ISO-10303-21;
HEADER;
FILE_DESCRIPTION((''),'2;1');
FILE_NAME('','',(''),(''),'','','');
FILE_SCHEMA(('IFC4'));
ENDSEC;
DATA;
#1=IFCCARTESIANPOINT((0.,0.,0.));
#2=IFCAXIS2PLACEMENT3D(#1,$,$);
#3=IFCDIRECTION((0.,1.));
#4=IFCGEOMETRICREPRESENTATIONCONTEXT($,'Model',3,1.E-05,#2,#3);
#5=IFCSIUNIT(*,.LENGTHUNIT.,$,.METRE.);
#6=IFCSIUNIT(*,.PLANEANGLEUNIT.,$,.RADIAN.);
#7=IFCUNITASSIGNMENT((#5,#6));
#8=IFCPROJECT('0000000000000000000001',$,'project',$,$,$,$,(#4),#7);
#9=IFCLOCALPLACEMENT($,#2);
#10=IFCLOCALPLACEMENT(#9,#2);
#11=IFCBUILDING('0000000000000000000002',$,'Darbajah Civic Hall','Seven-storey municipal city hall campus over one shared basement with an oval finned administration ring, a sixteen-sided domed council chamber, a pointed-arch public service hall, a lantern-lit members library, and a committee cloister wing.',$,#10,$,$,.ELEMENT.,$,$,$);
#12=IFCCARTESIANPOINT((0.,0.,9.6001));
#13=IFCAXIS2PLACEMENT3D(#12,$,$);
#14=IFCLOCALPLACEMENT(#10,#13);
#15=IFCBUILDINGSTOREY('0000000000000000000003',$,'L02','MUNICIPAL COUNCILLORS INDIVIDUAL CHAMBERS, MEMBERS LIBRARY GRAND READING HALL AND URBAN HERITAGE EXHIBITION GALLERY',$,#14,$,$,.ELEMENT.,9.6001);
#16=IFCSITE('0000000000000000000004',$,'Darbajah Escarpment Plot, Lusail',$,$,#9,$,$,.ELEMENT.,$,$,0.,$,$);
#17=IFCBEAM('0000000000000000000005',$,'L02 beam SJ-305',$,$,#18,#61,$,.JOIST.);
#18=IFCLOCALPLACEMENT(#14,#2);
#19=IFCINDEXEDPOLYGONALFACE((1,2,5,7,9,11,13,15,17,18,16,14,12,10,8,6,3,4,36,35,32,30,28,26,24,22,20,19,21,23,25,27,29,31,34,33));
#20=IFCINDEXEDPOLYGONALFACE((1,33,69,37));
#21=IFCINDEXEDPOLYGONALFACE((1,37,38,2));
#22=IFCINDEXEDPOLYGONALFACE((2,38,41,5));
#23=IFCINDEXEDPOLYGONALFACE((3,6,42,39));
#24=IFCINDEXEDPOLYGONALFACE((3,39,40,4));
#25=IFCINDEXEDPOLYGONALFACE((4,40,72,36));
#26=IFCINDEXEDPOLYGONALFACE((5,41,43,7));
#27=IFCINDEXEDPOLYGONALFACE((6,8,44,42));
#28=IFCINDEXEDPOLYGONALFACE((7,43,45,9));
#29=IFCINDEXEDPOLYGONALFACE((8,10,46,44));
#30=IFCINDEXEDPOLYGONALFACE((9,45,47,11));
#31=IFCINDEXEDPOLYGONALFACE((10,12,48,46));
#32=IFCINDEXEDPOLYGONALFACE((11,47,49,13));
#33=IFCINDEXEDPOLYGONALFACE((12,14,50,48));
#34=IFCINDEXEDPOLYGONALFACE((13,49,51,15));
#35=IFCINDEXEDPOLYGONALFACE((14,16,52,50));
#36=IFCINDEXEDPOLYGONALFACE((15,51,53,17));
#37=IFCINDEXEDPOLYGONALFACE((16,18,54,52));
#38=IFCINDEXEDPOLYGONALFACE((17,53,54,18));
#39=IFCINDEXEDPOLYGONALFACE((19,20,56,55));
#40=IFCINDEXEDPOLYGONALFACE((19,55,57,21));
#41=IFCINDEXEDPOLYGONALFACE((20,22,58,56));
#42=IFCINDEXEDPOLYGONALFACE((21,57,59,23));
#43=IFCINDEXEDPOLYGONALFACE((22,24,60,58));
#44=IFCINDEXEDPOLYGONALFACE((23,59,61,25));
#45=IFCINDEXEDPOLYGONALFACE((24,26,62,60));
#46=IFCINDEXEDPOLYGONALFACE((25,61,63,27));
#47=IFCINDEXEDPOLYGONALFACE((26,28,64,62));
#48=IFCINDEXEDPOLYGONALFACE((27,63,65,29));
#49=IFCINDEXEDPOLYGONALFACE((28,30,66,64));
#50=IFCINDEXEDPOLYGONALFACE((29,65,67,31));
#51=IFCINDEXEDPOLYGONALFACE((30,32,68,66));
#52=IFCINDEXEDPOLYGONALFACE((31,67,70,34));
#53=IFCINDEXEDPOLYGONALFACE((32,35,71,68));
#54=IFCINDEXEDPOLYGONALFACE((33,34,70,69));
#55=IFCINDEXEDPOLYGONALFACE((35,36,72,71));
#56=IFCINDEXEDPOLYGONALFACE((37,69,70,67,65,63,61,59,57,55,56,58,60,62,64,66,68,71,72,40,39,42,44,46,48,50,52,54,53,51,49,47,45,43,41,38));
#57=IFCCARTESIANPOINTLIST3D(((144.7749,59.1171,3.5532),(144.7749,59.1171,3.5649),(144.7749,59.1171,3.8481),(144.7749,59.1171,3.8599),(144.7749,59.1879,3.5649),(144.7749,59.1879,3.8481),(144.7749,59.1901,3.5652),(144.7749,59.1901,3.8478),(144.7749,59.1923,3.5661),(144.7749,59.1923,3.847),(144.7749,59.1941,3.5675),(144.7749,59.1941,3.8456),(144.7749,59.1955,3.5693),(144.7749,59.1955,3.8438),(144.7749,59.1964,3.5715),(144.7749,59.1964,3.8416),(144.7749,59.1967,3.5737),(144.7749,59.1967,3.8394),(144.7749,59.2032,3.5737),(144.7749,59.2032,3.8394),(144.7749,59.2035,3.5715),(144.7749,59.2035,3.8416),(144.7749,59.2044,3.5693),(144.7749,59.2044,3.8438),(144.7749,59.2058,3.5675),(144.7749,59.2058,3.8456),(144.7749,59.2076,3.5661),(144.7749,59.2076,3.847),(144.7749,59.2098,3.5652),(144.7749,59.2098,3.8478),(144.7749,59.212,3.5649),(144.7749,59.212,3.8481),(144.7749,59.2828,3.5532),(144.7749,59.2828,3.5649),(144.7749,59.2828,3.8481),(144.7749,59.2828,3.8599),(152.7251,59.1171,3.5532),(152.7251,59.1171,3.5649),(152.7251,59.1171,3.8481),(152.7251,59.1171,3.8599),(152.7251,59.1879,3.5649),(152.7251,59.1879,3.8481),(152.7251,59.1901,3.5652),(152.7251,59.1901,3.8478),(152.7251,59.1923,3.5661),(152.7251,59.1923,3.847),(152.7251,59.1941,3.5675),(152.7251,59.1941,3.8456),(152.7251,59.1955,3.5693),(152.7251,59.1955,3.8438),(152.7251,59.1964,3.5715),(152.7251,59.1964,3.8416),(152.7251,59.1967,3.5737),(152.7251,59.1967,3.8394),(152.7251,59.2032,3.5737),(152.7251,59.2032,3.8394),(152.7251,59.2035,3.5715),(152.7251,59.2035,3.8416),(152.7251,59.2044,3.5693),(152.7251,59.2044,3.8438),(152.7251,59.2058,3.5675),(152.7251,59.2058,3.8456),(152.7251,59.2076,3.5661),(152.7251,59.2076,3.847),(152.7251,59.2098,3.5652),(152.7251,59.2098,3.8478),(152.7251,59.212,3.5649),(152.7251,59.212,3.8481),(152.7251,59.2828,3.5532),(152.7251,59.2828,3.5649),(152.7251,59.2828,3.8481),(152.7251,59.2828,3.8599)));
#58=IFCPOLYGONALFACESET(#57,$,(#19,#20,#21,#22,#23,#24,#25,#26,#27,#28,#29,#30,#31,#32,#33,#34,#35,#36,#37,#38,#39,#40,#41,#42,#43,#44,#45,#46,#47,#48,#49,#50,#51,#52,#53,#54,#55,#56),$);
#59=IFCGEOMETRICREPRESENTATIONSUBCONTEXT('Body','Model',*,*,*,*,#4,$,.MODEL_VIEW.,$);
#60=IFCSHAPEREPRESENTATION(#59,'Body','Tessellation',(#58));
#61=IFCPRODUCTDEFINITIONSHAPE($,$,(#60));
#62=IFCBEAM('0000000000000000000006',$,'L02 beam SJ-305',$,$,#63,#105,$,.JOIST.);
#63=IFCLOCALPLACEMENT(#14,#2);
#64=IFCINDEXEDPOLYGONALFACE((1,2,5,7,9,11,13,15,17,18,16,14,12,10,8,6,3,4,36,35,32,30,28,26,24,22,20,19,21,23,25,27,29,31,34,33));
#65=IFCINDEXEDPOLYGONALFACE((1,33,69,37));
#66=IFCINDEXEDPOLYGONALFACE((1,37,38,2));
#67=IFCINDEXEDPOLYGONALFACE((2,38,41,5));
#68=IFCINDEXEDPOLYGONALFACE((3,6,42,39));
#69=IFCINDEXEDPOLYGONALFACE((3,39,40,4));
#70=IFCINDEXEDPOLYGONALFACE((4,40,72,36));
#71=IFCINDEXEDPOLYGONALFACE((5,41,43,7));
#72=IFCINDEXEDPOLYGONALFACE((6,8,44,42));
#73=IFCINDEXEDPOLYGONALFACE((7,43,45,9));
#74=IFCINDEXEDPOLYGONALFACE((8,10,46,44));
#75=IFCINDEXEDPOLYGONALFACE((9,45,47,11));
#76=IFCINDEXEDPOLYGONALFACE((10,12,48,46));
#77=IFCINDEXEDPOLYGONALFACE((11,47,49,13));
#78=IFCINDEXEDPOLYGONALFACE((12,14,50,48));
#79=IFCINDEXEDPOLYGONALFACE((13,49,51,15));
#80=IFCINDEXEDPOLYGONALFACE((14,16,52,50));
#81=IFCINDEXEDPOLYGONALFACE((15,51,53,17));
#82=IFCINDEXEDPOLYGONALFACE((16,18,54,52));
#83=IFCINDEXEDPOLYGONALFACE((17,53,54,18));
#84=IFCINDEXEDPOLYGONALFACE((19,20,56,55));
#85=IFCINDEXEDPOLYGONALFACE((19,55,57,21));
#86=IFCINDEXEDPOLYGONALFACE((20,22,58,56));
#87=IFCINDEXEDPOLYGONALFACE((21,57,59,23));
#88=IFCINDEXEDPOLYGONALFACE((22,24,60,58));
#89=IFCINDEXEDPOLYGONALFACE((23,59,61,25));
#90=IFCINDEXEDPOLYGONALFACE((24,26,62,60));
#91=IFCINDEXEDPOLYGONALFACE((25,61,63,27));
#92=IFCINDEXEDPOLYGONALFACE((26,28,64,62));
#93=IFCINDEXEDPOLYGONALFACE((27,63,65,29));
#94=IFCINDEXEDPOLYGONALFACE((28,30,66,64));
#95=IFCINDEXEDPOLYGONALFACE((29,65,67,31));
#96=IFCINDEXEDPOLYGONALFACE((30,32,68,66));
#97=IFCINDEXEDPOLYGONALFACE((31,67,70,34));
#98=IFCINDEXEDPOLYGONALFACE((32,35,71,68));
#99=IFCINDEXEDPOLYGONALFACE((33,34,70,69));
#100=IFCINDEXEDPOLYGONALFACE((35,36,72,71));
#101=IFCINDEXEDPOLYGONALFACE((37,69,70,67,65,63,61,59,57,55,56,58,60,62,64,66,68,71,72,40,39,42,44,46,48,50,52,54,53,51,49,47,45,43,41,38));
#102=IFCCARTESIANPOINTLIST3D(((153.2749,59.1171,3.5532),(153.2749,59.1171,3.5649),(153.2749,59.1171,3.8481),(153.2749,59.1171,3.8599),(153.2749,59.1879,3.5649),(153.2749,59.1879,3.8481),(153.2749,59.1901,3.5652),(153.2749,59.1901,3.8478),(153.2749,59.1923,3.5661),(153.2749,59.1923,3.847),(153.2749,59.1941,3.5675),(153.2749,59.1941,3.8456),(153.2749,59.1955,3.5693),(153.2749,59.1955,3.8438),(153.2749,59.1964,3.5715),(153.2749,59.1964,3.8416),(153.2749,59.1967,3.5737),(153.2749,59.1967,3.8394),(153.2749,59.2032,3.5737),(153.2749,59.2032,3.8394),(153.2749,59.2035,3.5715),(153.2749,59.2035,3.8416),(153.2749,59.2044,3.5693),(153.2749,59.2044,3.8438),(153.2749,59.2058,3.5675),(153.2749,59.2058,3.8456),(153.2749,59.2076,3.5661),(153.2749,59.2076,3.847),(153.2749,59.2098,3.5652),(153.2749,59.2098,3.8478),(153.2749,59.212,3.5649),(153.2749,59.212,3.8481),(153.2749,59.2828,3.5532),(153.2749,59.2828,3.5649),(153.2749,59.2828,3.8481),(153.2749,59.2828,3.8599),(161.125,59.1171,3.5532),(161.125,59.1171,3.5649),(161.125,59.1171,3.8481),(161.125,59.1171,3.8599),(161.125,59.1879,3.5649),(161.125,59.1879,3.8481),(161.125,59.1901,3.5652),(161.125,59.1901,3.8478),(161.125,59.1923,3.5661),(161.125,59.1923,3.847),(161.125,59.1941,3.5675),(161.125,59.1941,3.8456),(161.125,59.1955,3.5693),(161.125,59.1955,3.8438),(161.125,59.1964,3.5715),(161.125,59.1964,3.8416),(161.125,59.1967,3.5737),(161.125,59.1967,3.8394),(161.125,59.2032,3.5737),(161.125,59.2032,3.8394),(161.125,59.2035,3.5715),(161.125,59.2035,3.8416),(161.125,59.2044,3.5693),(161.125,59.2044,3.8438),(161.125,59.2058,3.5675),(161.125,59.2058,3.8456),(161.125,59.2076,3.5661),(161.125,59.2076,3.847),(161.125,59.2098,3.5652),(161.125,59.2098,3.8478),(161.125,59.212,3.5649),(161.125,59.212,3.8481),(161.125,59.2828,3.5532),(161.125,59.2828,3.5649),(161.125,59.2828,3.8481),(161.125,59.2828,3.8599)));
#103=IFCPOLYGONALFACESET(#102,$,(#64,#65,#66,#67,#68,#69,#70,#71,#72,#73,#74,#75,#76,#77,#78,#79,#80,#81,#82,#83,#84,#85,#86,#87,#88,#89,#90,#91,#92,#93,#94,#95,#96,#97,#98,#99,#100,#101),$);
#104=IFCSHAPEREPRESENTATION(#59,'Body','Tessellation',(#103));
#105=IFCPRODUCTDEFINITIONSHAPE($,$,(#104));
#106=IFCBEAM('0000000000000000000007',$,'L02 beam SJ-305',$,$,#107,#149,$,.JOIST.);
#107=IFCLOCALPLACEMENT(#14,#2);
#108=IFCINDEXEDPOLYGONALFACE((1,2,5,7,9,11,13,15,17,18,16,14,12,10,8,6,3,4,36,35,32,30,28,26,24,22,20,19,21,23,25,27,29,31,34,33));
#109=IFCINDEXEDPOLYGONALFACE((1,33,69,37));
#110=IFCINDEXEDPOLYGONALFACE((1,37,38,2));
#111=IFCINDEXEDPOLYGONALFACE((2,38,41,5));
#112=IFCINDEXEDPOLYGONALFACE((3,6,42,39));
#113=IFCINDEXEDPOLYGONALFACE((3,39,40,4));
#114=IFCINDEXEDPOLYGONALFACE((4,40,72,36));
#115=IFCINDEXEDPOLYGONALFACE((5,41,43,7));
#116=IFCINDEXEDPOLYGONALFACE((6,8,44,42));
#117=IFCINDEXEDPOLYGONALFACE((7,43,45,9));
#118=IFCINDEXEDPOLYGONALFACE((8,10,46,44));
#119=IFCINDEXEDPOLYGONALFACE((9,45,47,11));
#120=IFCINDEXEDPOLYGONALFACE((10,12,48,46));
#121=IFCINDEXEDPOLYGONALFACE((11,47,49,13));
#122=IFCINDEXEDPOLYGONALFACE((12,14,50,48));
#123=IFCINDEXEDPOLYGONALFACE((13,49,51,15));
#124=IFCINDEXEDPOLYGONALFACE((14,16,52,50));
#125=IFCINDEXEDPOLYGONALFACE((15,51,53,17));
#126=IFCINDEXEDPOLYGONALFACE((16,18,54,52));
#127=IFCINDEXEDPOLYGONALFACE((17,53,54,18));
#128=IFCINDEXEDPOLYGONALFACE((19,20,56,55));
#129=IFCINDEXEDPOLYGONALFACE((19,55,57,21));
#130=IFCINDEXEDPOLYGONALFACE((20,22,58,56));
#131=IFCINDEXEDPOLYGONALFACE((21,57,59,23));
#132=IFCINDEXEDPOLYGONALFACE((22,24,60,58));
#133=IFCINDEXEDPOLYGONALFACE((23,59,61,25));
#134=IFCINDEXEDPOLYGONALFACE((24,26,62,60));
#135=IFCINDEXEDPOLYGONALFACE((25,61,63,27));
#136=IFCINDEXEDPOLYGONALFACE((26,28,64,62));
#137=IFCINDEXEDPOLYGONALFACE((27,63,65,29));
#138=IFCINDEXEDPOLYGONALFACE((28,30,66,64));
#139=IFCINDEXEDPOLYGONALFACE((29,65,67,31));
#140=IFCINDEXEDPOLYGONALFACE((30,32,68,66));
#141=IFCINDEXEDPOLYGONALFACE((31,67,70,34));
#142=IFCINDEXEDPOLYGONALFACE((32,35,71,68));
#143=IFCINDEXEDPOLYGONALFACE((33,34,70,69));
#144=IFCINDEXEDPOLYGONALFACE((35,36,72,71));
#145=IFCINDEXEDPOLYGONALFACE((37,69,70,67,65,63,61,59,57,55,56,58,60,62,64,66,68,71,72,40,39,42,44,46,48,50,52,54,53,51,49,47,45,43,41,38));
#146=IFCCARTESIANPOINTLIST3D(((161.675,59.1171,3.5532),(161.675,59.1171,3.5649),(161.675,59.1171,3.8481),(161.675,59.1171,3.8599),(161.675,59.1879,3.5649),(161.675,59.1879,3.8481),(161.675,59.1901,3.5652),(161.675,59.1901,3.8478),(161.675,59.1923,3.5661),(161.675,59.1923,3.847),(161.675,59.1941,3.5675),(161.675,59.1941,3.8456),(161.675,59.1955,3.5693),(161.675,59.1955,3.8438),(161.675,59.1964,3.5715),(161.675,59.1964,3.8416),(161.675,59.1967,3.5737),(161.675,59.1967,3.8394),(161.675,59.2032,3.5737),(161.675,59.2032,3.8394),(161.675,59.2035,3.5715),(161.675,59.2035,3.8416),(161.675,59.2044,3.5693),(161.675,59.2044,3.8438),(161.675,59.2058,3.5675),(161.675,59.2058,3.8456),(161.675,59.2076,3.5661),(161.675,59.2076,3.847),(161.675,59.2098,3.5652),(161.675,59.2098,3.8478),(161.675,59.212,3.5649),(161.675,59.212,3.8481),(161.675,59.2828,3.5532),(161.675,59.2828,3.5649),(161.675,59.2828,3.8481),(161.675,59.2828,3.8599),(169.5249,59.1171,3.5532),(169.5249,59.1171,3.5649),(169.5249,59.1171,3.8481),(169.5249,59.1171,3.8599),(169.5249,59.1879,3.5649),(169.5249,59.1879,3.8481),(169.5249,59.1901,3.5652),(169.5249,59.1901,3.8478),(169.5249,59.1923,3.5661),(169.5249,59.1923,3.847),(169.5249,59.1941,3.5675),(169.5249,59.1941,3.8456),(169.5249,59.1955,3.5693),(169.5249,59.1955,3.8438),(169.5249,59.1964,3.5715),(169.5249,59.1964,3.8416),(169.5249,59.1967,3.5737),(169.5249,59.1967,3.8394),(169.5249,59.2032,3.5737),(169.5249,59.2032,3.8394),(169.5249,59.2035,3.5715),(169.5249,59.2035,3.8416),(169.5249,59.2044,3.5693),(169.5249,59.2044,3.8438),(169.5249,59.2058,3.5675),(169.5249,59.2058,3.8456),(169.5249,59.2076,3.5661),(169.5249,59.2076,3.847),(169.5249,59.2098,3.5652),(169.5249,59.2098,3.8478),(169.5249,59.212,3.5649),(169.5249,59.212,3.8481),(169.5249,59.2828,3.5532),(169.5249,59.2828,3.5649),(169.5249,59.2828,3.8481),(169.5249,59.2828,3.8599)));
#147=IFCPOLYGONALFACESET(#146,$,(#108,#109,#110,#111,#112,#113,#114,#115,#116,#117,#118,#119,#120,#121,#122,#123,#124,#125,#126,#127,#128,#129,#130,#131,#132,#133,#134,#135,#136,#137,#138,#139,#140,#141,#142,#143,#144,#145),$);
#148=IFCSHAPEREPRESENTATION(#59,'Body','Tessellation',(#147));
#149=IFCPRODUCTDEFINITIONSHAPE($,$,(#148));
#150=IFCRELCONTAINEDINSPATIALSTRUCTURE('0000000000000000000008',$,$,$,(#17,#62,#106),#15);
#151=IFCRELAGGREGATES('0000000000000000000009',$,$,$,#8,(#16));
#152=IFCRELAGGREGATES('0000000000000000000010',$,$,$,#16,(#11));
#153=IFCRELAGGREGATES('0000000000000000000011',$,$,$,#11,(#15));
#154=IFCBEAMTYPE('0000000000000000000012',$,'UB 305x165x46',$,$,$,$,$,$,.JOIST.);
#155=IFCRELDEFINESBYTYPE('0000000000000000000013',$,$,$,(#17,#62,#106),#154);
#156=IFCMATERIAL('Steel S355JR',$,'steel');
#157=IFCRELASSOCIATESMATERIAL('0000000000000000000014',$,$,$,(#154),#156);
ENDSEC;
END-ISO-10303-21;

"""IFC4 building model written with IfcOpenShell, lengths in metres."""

from ifc_helpers import new_model, si_unit, direction, frame, origin, origin_2d, place, context, subcontext, project, spatial, i_section, extrude, material, material_profile, profile_set, type_object, element, save


model = new_model("IFC4")

# Units and contexts
model_context = context("Model", 3, precision=1e-05, world=origin(), true_north=direction((0.0, 1.0)))
body_context = subcontext(model_context, "Body", "Model", "MODEL_VIEW")
ifc_project = project(units=[si_unit("LENGTHUNIT", "METRE"), si_unit("PLANEANGLEUNIT", "RADIAN")], contexts=[model_context])

# Site, building, storey
site_placement = place(None, origin())
site = spatial("IfcSite", under=ifc_project, at=site_placement, Name="Darbajah Escarpment Plot, Lusail", CompositionType="ELEMENT", RefElevation=0.0)
building_placement = place(site_placement, origin())
building = spatial("IfcBuilding", under=site, at=building_placement, Name="Darbajah Civic Hall", Description="Seven-storey municipal city hall campus over one shared basement with an oval finned administration ring, a sixteen-sided domed council chamber, a pointed-arch public service hall, a lantern-lit members library, and a committee cloister wing.", CompositionType="ELEMENT")
storey_placement = place(building_placement, frame((0.0, 0.0, 9.6001)))
storey = spatial("IfcBuildingStorey", under=building, at=storey_placement, Name="L02", Description="MUNICIPAL COUNCILLORS INDIVIDUAL CHAMBERS, MEMBERS LIBRARY GRAND READING HALL AND URBAN HERITAGE EXHIBITION GALLERY", CompositionType="ELEMENT", Elevation=9.6001)

# Shared definitions
ifc_material_1 = material(Name="Steel S355JR", Category="steel")

# Beams
ifc_material_profile_1 = material_profile(ifc_material_1, i_section(OverallWidth=0.1658, OverallDepth=0.3066, WebThickness=0.0066, FlangeThickness=0.0117, FilletRadius=0.0088, at=origin_2d()), Name="UB 305x165x46")
ifc_profile_set_1 = profile_set([ifc_material_profile_1], Name="Steel S355JR")
beam_type_1 = type_object("IfcBeamType", Name="UB 305x165x46", PredefinedType="JOIST", material=ifc_profile_set_1)
beam_1_placement = place(storey_placement, frame((144.7749, 59.2, 3.7065), z_axis=(1.0, 0.0, 0.0), x_axis=(0.0, 1.0, 0.0)))
element("IfcBeam", 1, at=beam_1_placement, inside=storey, type_object=beam_type_1, Name="L02 beam SJ-305", PredefinedType="JOIST", context=body_context, shape_type="SweptSolid", body=[
    extrude(i_section(OverallWidth=0.1658, OverallDepth=0.3066, WebThickness=0.0066, FlangeThickness=0.0117, FilletRadius=0.0088, at=origin_2d()), origin(), (0.0, 0.0, 1.0), 7.9502),
])
beam_2_placement = place(storey_placement, frame((153.2749, 59.2, 3.7065), z_axis=(1.0, 0.0, 0.0), x_axis=(0.0, 1.0, 0.0)))
element("IfcBeam", 2, at=beam_2_placement, inside=storey, type_object=beam_type_1, Name="L02 beam SJ-305", PredefinedType="JOIST", context=body_context, shape_type="SweptSolid", body=[
    extrude(i_section(OverallWidth=0.1658, OverallDepth=0.3066, WebThickness=0.0066, FlangeThickness=0.0117, FilletRadius=0.0088, at=origin_2d()), origin(), (0.0, 0.0, 1.0), 7.8501),
])
beam_3_placement = place(storey_placement, frame((161.675, 59.2, 3.7065), z_axis=(1.0, 0.0, 0.0), x_axis=(0.0, 1.0, 0.0)))
element("IfcBeam", 3, at=beam_3_placement, inside=storey, type_object=beam_type_1, Name="L02 beam SJ-305", PredefinedType="JOIST", context=body_context, shape_type="SweptSolid", body=[
    extrude(i_section(OverallWidth=0.1658, OverallDepth=0.3066, WebThickness=0.0066, FlangeThickness=0.0117, FilletRadius=0.0088, at=origin_2d()), origin(), (0.0, 0.0, 1.0), 7.8499),
])

save(model, "model.ifc")
